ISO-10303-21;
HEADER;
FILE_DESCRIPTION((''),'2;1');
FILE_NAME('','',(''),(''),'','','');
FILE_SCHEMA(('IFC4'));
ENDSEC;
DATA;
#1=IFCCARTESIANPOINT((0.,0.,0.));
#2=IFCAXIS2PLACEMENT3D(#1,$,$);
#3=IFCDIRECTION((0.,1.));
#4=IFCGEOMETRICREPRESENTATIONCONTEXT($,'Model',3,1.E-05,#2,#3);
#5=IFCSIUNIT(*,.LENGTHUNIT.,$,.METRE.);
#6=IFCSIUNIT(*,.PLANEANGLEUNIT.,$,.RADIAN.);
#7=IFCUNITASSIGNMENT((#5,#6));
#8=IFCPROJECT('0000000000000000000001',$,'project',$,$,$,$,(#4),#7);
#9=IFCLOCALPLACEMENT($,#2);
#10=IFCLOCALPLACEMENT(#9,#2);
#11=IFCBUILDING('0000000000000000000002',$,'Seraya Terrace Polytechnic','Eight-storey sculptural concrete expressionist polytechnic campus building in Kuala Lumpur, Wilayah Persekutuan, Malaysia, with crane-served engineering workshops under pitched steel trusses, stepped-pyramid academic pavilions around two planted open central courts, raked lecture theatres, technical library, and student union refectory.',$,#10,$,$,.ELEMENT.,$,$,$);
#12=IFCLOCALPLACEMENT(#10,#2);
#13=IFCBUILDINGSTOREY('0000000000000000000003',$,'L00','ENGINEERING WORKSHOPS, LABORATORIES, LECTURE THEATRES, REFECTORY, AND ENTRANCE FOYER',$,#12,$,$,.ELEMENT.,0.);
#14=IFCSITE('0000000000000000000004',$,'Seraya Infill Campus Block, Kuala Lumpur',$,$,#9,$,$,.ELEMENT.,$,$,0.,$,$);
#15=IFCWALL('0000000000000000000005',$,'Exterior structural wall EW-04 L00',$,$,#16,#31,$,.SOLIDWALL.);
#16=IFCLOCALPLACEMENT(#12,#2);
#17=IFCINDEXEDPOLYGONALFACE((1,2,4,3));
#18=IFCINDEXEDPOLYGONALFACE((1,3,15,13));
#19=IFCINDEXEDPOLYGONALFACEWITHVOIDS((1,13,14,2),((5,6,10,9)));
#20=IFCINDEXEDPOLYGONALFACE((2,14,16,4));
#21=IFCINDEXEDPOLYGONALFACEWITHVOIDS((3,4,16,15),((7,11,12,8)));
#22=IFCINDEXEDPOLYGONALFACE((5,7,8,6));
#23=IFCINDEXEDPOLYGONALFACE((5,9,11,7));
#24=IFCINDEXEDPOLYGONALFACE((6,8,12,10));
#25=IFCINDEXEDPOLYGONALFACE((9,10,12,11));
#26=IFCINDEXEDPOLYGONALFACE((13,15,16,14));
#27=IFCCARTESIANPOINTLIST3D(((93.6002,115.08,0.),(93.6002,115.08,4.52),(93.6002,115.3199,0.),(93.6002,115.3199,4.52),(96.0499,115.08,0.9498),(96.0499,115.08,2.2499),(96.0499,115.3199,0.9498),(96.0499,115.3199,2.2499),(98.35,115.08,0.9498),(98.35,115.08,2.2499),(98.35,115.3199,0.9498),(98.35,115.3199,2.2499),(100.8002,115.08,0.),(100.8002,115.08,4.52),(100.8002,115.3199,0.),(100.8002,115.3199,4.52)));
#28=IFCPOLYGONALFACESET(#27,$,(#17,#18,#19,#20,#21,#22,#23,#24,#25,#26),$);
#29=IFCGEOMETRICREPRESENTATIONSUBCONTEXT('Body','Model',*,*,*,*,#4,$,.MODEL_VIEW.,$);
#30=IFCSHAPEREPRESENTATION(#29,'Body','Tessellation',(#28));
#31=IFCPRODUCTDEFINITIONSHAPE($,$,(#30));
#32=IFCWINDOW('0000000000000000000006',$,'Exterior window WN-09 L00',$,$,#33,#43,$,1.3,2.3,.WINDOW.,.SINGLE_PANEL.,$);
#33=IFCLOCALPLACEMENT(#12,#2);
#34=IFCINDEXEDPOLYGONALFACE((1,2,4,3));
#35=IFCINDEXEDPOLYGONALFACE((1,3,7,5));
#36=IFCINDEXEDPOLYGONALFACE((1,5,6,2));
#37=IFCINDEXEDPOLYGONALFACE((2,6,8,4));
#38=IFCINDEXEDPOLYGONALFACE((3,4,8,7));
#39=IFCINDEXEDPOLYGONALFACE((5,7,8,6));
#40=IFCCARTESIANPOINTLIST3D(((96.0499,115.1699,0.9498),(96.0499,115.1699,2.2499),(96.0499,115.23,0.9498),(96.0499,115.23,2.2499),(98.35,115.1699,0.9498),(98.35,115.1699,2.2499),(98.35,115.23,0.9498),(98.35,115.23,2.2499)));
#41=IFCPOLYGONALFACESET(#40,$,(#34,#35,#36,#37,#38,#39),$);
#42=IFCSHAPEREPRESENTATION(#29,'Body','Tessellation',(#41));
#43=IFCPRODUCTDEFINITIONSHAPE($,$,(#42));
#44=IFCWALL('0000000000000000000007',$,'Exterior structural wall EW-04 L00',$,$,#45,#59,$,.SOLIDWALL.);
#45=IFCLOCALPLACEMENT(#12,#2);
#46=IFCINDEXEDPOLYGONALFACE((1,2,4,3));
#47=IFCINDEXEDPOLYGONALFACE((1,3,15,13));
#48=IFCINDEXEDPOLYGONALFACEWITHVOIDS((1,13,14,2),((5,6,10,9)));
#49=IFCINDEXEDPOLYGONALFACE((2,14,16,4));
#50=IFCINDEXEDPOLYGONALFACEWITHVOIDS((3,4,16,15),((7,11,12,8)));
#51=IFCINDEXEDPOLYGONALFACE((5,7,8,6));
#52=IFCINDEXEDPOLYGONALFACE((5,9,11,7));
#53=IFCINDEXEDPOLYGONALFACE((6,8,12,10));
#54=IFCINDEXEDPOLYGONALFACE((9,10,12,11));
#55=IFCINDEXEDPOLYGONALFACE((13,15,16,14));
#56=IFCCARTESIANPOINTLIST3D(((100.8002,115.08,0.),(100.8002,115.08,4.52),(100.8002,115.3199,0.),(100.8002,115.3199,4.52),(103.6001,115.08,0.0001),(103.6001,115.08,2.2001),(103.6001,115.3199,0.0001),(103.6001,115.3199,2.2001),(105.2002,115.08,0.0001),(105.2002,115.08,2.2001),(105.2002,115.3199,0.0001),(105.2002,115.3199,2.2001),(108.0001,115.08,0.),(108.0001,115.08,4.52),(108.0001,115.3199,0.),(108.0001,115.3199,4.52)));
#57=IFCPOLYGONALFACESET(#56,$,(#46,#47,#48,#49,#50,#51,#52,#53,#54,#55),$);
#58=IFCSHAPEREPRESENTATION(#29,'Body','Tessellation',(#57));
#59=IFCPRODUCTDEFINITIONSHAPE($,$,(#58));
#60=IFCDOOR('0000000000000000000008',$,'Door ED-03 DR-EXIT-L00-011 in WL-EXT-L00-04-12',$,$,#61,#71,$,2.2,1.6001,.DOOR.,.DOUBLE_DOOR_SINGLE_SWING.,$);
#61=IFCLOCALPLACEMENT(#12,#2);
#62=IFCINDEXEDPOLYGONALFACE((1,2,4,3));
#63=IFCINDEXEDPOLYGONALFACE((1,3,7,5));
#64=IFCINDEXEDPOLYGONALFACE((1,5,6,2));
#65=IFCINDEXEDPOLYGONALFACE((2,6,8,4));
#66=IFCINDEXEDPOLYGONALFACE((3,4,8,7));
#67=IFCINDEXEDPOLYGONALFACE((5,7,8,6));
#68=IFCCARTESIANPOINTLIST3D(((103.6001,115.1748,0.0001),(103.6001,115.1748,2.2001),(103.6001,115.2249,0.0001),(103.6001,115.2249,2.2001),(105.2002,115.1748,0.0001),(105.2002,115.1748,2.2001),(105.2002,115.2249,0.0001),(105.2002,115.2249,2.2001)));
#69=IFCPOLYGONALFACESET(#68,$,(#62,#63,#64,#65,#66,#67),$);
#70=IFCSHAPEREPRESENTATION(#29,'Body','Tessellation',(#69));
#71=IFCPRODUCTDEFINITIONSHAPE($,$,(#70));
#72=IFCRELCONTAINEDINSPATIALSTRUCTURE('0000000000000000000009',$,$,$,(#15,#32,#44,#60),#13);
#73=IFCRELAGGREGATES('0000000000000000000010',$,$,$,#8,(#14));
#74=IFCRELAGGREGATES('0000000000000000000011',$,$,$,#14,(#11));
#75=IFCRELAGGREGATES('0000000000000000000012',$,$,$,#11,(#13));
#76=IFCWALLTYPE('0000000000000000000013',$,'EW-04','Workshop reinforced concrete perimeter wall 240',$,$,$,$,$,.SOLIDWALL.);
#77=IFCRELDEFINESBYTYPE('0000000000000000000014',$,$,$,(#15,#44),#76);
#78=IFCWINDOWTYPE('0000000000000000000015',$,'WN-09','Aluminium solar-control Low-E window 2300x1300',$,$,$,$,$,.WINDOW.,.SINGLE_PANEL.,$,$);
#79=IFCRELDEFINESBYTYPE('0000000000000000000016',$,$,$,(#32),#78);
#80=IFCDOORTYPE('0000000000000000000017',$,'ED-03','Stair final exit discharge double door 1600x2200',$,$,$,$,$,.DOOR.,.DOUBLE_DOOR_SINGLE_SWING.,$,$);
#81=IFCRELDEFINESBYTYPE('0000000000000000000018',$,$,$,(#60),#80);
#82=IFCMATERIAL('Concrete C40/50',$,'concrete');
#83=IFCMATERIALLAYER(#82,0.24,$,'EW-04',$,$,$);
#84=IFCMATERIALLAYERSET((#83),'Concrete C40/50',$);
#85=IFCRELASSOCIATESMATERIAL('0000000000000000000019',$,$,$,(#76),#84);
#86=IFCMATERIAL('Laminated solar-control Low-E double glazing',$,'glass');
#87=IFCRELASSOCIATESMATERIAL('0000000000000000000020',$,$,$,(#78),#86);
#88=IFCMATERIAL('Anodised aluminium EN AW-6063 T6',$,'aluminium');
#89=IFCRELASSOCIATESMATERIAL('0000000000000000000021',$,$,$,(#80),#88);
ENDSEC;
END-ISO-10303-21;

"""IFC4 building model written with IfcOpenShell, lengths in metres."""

from ifc_helpers import new_model, si_unit, direction, frame, frame_2d, origin, place, context, subcontext, project, spatial, rectangle, extrude, material, layer, layer_set, type_object, element, fill, save


model = new_model("IFC4")

# Units and contexts
model_context = context("Model", 3, precision=1e-05, world=origin(), true_north=direction((0.0, 1.0)))
body_context = subcontext(model_context, "Body", "Model", "MODEL_VIEW")
ifc_project = project(units=[si_unit("LENGTHUNIT", "METRE"), si_unit("PLANEANGLEUNIT", "RADIAN")], contexts=[model_context])

# Site, building, storey
site_placement = place(None, origin())
site = spatial("IfcSite", under=ifc_project, at=site_placement, Name="Seraya Infill Campus Block, Kuala Lumpur", CompositionType="ELEMENT", RefElevation=0.0)
building_placement = place(site_placement, origin())
building = spatial("IfcBuilding", under=site, at=building_placement, Name="Seraya Terrace Polytechnic", Description="Eight-storey sculptural concrete expressionist polytechnic campus building in Kuala Lumpur, Wilayah Persekutuan, Malaysia, with crane-served engineering workshops under pitched steel trusses, stepped-pyramid academic pavilions around two planted open central courts, raked lecture theatres, technical library, and student union refectory.", CompositionType="ELEMENT")
storey_placement = place(building_placement, origin())
storey = spatial("IfcBuildingStorey", under=building, at=storey_placement, Name="L00", Description="ENGINEERING WORKSHOPS, LABORATORIES, LECTURE THEATRES, REFECTORY, AND ENTRANCE FOYER", CompositionType="ELEMENT", Elevation=0.0)

# Shared definitions
ifc_material_1 = material(Name="Concrete C40/50", Category="concrete")

# Shared definitions
ifc_layer = layer(ifc_material_1, 0.24, Name="EW-04")
ifc_layer_set = layer_set([ifc_layer], Name="Concrete C40/50")
wall_type = type_object("IfcWallType", Name="EW-04", Description="Workshop reinforced concrete perimeter wall 240", PredefinedType="SOLIDWALL", material=ifc_layer_set)
ifc_material_2 = material(Name="Anodised aluminium EN AW-6063 T6", Category="aluminium")

# Wall, opening, window
wall_1_placement = place(storey_placement, frame((93.6001, 115.2, 0.0), z_axis=(0.0, 0.0, 1.0), x_axis=(1.0, 0.0, 0.0)))
wall_1 = element("IfcWall", 1, at=wall_1_placement, inside=storey, type_object=wall_type, Name="Exterior structural wall EW-04 L00", PredefinedType="SOLIDWALL", context=body_context, shape_type="SweptSolid", body=[
    extrude(rectangle(XDim=7.2, YDim=0.24, at=frame_2d((3.6001, 0.0))), origin(), (0.0, 0.0, 1.0), 4.52),
])
opening_1_placement = place(wall_1_placement, frame((2.45, 0.0, 0.95)))
opening_1 = element("IfcOpeningElement", 2, at=opening_1_placement, cuts=wall_1, PredefinedType="OPENING", context=body_context, shape_type="SweptSolid", body=[
    extrude(rectangle(XDim=2.3, YDim=1.3, at=frame_2d((1.1499, 0.6499))), frame((0.0, 0.1318, 0.0), z_axis=(0.0, -1.0, 0.0), x_axis=(1.0, 0.0, 0.0)), (0.0, 0.0, 1.0), 0.2639),
])
ifc_material_3 = material(Name="Laminated solar-control Low-E double glazing", Category="glass")
window_type = type_object("IfcWindowType", Name="WN-09", Description="Aluminium solar-control Low-E window 2300x1300", PartitioningType="SINGLE_PANEL", PredefinedType="WINDOW", material=ifc_material_3)
window_placement = place(opening_1_placement, origin())
window = element("IfcWindow", 3, at=window_placement, inside=storey, type_object=window_type, Name="Exterior window WN-09 L00", OverallHeight=1.3, OverallWidth=2.3, PartitioningType="SINGLE_PANEL", PredefinedType="WINDOW", context=body_context, shape_type="SweptSolid", body=[
    extrude(rectangle(XDim=2.3, YDim=1.3, at=frame_2d((1.1499, 0.6499))), frame((0.0, 0.03, 0.0), z_axis=(0.0, -1.0, 0.0), x_axis=(1.0, 0.0, 0.0)), (0.0, 0.0, 1.0), 0.0601),
])
fill(opening_1, window)

# Wall, opening, door
wall_2_placement = place(storey_placement, frame((100.8, 115.2, 0.0), z_axis=(0.0, 0.0, 1.0), x_axis=(1.0, 0.0, 0.0)))
wall_2 = element("IfcWall", 4, at=wall_2_placement, inside=storey, type_object=wall_type, Name="Exterior structural wall EW-04 L00", PredefinedType="SOLIDWALL", context=body_context, shape_type="SweptSolid", body=[
    extrude(rectangle(XDim=7.2, YDim=0.24, at=frame_2d((3.6001, 0.0))), origin(), (0.0, 0.0, 1.0), 4.52),
])
opening_2_placement = place(wall_2_placement, frame((2.8, 0.0, 0.0)))
opening_2 = element("IfcOpeningElement", 5, at=opening_2_placement, cuts=wall_2, PredefinedType="OPENING", context=body_context, shape_type="SweptSolid", body=[
    extrude(rectangle(XDim=1.6001, YDim=2.2, at=frame_2d((0.8, 1.1001))), frame((0.0, 0.1318, 0.0), z_axis=(0.0, -1.0, 0.0), x_axis=(1.0, 0.0, 0.0)), (0.0, 0.0, 1.0), 0.2639),
])
door_type_1 = type_object("IfcDoorType", Name="ED-03", Description="Stair final exit discharge double door 1600x2200", OperationType="DOUBLE_DOOR_SINGLE_SWING", PredefinedType="DOOR", material=ifc_material_2)
door_1_placement = place(opening_2_placement, origin())
door_1 = element("IfcDoor", 6, at=door_1_placement, inside=storey, type_object=door_type_1, Name="Door ED-03 DR-EXIT-L00-011 in WL-EXT-L00-04-12", OperationType="DOUBLE_DOOR_SINGLE_SWING", OverallHeight=2.2, OverallWidth=1.6001, PredefinedType="DOOR", context=body_context, shape_type="SweptSolid", body=[
    extrude(rectangle(XDim=1.6001, YDim=2.2, at=frame_2d((0.8, 1.1001))), frame((0.0, 0.0249, 0.0), z_axis=(0.0, -1.0, 0.0), x_axis=(1.0, 0.0, 0.0)), (0.0, 0.0, 1.0), 0.05),
])
fill(opening_2, door_1)

save(model, "model.ifc")
